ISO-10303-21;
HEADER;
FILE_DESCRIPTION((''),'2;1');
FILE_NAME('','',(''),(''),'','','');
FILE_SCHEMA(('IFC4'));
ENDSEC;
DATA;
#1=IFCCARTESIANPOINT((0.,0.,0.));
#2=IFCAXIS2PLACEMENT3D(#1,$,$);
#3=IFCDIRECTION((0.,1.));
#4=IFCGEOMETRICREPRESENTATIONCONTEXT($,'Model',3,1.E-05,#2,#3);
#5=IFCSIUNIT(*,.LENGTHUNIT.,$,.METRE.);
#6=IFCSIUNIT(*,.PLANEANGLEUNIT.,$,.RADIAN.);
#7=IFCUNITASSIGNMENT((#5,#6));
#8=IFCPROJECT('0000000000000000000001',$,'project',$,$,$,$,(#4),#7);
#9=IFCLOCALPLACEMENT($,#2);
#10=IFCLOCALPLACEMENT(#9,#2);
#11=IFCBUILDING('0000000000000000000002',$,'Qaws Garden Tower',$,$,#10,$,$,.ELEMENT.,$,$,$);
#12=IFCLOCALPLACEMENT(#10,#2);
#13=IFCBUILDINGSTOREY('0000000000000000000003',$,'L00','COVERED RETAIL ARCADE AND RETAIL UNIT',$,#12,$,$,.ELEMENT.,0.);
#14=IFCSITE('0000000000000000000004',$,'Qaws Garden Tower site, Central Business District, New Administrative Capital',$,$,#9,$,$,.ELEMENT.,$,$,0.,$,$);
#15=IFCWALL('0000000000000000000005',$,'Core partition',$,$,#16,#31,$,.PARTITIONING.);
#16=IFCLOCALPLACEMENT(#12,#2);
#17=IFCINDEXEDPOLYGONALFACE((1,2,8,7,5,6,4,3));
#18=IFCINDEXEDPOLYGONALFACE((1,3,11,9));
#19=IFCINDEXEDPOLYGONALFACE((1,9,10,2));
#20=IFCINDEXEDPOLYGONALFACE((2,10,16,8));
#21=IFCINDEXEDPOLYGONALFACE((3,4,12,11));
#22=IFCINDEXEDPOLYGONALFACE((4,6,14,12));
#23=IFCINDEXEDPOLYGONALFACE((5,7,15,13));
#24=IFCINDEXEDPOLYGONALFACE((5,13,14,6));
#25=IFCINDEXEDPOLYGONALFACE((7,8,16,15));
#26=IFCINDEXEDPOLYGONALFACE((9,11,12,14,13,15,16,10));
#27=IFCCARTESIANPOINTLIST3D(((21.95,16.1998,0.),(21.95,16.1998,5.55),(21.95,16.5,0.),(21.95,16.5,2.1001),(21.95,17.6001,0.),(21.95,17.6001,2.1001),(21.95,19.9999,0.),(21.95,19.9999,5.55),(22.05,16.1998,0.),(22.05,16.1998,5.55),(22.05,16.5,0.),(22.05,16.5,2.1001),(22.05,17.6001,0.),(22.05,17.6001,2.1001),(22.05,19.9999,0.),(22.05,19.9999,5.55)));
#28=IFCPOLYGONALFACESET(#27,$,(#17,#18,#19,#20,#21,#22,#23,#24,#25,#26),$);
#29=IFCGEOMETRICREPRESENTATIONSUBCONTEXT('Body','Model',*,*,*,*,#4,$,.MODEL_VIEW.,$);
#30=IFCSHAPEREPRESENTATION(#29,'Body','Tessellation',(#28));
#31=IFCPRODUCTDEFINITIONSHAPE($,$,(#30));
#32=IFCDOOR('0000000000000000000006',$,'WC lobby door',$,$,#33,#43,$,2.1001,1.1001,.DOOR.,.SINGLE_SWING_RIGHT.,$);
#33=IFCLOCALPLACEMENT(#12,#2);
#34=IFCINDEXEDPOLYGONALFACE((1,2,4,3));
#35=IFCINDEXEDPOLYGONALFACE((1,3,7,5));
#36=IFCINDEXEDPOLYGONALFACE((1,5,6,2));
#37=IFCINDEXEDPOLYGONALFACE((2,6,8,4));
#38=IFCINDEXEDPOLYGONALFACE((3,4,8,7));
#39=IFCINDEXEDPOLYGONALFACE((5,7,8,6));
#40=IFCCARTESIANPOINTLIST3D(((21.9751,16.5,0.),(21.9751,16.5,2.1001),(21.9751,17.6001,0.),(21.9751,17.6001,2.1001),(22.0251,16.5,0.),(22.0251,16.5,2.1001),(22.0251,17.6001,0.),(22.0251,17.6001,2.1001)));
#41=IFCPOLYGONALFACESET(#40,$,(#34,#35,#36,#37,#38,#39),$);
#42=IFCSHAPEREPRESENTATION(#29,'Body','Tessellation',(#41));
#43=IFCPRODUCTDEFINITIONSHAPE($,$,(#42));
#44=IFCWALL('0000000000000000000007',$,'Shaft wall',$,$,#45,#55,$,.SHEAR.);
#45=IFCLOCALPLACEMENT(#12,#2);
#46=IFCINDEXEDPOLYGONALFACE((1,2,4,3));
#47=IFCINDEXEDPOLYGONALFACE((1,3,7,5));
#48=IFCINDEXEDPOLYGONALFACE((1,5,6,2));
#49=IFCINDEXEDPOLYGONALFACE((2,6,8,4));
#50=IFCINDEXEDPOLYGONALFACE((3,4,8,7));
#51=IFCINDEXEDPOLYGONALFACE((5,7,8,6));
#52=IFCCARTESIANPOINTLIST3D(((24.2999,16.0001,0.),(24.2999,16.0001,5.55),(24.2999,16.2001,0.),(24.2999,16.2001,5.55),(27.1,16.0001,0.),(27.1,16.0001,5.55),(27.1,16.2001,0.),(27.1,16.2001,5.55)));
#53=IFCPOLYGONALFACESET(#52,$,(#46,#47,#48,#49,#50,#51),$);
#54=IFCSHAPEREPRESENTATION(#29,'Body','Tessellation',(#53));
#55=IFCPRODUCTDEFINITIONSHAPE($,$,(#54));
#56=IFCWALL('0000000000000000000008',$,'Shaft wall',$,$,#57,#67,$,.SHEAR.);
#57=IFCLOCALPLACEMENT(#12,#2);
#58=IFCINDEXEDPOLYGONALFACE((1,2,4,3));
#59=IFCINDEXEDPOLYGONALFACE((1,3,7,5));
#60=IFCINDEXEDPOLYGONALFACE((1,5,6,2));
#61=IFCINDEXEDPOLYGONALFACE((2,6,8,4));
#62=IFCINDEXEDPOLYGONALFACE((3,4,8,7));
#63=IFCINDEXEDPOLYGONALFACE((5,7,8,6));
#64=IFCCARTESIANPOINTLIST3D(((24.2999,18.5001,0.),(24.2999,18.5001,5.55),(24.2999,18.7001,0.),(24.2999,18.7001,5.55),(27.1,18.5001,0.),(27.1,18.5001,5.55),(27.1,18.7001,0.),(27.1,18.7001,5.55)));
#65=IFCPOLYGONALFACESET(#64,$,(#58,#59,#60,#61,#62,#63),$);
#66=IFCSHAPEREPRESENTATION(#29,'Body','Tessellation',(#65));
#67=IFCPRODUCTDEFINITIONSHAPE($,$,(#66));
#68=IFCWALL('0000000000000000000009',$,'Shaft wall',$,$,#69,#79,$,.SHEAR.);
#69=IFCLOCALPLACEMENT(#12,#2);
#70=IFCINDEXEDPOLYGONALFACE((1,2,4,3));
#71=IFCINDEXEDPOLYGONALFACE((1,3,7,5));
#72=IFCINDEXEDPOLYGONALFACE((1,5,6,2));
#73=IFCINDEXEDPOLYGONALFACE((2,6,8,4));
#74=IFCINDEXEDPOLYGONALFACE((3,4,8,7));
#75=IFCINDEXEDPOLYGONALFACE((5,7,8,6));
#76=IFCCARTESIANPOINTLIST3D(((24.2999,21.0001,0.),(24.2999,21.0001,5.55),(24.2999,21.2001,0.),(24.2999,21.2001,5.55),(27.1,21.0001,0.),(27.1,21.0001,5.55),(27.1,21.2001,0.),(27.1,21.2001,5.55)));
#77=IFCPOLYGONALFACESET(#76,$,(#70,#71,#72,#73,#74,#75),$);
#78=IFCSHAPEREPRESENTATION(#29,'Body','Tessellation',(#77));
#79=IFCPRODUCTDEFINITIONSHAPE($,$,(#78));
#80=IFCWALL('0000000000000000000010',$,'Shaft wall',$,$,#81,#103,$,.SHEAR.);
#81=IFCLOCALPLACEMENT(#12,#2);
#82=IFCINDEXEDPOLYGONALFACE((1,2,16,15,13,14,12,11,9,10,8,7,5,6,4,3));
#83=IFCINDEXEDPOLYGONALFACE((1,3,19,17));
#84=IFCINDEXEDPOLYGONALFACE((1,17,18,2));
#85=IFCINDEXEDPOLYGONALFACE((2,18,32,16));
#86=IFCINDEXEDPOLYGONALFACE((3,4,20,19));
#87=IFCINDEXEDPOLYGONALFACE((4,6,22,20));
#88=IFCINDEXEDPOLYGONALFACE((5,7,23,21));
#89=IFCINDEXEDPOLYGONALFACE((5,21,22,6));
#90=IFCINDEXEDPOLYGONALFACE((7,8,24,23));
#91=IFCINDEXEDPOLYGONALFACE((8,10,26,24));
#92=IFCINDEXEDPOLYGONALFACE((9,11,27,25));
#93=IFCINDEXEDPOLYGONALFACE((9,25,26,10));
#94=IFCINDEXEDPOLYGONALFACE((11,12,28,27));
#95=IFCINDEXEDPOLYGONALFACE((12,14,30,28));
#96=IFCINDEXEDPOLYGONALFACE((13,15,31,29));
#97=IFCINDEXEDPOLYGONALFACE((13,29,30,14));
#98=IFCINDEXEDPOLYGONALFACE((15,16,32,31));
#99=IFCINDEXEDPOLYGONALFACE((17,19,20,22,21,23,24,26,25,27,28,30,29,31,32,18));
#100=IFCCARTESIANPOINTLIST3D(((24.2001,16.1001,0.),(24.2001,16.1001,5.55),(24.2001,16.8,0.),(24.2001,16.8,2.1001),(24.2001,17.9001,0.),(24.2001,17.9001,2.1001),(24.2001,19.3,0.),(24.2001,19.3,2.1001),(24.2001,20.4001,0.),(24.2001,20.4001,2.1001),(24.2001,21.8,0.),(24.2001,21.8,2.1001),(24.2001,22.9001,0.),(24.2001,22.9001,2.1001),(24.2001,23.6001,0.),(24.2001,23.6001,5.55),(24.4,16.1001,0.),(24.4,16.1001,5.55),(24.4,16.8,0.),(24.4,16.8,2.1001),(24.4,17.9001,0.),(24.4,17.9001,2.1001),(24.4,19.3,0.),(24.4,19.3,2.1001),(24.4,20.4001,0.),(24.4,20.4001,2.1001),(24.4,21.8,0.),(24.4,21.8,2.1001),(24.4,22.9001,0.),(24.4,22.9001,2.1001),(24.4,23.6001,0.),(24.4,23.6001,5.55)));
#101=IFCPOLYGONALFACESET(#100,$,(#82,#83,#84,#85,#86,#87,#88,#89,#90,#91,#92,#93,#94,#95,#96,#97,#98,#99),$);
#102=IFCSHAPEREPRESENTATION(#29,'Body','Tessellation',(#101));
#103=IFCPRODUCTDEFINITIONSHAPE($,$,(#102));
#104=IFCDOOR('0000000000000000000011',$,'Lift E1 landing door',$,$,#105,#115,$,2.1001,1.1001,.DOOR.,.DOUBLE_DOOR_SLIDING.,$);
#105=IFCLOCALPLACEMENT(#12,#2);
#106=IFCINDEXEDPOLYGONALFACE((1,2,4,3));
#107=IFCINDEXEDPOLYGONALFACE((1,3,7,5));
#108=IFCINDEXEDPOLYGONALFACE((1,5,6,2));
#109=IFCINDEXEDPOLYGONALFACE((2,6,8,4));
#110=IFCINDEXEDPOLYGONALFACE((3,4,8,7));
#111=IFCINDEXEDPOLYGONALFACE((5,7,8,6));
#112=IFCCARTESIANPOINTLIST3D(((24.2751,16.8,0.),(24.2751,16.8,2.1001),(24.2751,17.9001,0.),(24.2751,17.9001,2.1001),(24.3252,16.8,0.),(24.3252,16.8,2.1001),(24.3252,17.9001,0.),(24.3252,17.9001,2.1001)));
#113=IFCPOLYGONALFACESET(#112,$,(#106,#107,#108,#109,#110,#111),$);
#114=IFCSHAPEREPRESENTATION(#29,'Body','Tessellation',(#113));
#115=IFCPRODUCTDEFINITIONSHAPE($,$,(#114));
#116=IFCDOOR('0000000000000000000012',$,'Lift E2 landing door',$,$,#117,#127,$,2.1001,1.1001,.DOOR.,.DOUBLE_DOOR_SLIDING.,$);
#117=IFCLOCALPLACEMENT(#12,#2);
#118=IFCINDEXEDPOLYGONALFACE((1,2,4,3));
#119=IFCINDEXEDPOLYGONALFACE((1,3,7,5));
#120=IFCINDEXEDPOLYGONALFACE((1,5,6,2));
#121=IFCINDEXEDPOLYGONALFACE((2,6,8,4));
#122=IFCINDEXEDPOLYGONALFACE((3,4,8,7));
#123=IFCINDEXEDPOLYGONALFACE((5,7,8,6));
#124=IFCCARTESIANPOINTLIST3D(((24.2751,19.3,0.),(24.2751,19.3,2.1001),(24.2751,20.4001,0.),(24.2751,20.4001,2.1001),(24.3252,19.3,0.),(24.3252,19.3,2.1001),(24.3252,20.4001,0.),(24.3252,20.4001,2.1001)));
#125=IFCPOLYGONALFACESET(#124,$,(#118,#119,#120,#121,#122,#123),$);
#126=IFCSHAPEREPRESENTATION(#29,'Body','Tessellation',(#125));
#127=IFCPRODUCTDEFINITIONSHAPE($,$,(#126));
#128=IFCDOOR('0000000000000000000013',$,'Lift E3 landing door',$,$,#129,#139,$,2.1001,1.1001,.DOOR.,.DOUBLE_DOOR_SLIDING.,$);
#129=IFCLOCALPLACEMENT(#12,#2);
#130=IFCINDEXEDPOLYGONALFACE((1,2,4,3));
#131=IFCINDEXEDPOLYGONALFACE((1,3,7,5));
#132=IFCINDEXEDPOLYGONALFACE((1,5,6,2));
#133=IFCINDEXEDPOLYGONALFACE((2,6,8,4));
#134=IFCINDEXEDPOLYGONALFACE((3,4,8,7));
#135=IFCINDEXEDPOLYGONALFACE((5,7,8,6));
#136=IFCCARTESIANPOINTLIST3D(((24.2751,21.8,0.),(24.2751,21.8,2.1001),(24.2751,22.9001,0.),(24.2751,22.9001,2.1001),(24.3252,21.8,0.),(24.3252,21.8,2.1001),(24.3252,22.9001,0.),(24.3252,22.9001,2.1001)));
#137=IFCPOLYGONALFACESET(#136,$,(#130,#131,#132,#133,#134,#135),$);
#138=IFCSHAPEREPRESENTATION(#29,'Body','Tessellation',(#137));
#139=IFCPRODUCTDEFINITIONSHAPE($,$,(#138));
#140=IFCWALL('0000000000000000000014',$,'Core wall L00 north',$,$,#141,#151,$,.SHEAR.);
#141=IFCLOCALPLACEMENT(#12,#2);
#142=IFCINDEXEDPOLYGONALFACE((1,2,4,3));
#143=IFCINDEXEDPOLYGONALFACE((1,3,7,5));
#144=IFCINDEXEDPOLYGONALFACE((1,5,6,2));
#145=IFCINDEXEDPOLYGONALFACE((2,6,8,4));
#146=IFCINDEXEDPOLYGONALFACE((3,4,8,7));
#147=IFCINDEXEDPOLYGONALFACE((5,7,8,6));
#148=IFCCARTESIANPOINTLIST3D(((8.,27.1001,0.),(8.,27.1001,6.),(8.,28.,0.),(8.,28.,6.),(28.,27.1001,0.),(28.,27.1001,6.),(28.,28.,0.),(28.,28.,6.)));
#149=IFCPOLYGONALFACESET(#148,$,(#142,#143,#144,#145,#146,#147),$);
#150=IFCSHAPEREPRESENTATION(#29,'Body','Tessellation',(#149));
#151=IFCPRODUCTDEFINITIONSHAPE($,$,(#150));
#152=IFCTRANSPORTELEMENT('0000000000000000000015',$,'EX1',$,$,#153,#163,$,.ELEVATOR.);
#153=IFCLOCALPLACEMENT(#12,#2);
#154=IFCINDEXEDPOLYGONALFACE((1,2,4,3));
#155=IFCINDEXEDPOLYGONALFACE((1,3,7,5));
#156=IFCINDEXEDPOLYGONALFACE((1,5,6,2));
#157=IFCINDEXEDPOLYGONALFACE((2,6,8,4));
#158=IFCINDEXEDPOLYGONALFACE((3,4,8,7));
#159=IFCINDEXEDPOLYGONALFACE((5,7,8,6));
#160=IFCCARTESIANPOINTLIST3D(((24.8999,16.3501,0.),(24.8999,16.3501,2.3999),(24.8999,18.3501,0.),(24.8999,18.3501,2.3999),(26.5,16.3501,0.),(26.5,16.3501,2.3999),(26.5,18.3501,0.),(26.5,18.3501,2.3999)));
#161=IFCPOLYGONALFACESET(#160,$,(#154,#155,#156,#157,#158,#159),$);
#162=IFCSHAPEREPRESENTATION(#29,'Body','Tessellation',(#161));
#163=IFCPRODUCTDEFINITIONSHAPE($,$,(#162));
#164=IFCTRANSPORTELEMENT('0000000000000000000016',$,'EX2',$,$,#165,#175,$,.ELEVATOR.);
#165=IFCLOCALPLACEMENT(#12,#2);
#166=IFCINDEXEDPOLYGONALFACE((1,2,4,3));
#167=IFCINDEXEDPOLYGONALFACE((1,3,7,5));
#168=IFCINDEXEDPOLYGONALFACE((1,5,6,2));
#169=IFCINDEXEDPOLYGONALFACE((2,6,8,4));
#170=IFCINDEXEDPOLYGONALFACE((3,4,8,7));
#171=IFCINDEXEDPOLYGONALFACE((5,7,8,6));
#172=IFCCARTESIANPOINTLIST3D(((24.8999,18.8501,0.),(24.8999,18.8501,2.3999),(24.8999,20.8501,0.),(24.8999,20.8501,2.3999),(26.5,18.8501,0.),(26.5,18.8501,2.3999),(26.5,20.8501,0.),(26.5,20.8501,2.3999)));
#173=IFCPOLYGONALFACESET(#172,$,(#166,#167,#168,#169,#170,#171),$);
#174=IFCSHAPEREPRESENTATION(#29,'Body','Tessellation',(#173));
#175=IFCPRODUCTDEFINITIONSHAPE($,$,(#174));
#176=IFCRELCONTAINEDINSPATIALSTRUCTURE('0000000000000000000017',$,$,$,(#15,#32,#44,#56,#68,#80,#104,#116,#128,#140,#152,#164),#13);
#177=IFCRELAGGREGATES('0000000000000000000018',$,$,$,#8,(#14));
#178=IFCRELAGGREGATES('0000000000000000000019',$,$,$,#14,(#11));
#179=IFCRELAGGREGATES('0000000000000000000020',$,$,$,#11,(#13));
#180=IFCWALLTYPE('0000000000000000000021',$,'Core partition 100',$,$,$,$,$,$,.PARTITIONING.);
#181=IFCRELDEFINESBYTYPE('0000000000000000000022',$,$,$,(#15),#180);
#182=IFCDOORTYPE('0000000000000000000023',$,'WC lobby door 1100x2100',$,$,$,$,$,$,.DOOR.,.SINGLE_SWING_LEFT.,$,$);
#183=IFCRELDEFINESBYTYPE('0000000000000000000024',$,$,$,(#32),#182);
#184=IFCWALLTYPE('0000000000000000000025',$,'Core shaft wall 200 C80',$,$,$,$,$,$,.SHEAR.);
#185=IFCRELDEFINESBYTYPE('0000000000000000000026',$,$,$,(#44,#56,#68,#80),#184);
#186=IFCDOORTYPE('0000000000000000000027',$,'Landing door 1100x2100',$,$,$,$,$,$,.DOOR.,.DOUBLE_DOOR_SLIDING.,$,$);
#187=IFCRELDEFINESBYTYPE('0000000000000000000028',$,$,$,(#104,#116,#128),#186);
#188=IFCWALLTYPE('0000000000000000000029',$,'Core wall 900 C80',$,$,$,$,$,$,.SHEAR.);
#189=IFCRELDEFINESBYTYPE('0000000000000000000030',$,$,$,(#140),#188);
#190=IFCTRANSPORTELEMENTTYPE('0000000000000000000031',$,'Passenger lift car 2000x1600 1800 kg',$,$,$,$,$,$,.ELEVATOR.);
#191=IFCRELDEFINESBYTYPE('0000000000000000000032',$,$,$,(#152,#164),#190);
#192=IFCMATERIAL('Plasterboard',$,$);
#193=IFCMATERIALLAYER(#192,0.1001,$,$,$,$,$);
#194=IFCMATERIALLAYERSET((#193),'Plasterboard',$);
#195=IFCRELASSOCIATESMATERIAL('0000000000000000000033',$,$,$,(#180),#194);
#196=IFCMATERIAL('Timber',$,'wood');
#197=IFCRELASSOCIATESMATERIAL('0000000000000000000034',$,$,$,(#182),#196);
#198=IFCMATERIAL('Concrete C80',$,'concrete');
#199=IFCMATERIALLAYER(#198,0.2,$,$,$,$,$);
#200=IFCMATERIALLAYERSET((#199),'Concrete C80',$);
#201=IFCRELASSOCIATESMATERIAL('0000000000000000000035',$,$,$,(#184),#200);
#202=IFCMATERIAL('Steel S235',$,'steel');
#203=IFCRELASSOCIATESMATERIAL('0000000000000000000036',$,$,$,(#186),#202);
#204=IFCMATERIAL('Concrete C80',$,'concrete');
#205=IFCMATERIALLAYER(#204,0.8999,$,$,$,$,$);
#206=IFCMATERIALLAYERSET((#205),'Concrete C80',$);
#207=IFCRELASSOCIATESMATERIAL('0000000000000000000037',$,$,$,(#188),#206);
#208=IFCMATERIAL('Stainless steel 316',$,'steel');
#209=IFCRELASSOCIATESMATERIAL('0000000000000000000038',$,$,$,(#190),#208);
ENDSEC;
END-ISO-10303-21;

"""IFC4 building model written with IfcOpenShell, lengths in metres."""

from ifc_helpers import new_model, si_unit, direction, frame, frame_2d, origin, origin_2d, place, context, subcontext, project, spatial, rectangle, extrude, material, layer, layer_set, type_object, element, fill, save


model = new_model("IFC4")

# Units and contexts
model_context = context("Model", 3, precision=1e-05, world=origin(), true_north=direction((0.0, 1.0)))
body_context = subcontext(model_context, "Body", "Model", "MODEL_VIEW")
ifc_project = project(units=[si_unit("LENGTHUNIT", "METRE"), si_unit("PLANEANGLEUNIT", "RADIAN")], contexts=[model_context])

# Site, building, storey
site_placement = place(None, origin())
site = spatial("IfcSite", under=ifc_project, at=site_placement, Name="Qaws Garden Tower site, Central Business District, New Administrative Capital", CompositionType="ELEMENT", RefElevation=0.0)
building_placement = place(site_placement, origin())
building = spatial("IfcBuilding", under=site, at=building_placement, Name="Qaws Garden Tower", CompositionType="ELEMENT")
storey_placement = place(building_placement, origin())
storey = spatial("IfcBuildingStorey", under=building, at=storey_placement, Name="L00", Description="COVERED RETAIL ARCADE AND RETAIL UNIT", CompositionType="ELEMENT", Elevation=0.0)

# Wall, opening, door
ifc_material_1 = material(Name="Plasterboard")
ifc_layer_1 = layer(ifc_material_1, 0.1001)
ifc_layer_set_1 = layer_set([ifc_layer_1], Name="Plasterboard")
wall_type_1 = type_object("IfcWallType", Name="Core partition 100", PredefinedType="PARTITIONING", material=ifc_layer_set_1)
wall_1_placement = place(storey_placement, frame((22.0, 16.2, 0.0), z_axis=(0.0, 0.0, 1.0), x_axis=(0.0, 1.0, 0.0)))
wall_1 = element("IfcWall", 1, at=wall_1_placement, inside=storey, type_object=wall_type_1, Name="Core partition", PredefinedType="PARTITIONING", context=body_context, shape_type="SweptSolid", body=[
    extrude(rectangle(XDim=3.8, YDim=0.1001, at=frame_2d((1.8999, 0.0))), origin(), (0.0, 0.0, 1.0), 5.55),
])
opening_1_placement = place(wall_1_placement, frame((0.3, 0.0, 0.0)))
opening_1 = element("IfcOpeningElement", 2, at=opening_1_placement, cuts=wall_1, PredefinedType="OPENING", context=body_context, shape_type="SweptSolid", body=[
    extrude(rectangle(XDim=1.1001, YDim=2.1001, at=frame_2d((0.55, 1.05))), frame((0.0, 0.0601, 0.0), z_axis=(0.0, -1.0, 0.0), x_axis=(1.0, 0.0, 0.0)), (0.0, 0.0, 1.0), 0.1201),
])
ifc_material_2 = material(Name="Timber", Category="wood")
door_type_1 = type_object("IfcDoorType", Name="WC lobby door 1100x2100", OperationType="SINGLE_SWING_LEFT", PredefinedType="DOOR", material=ifc_material_2)
door_1_placement = place(opening_1_placement, origin())
door_1 = element("IfcDoor", 3, at=door_1_placement, inside=storey, type_object=door_type_1, Name="WC lobby door", OperationType="SINGLE_SWING_RIGHT", OverallHeight=2.1001, OverallWidth=1.1001, PredefinedType="DOOR", context=body_context, shape_type="SweptSolid", body=[
    extrude(rectangle(XDim=1.1001, YDim=2.1001, at=frame_2d((0.55, 1.05))), frame((0.0, 0.0249, 0.0), z_axis=(0.0, -1.0, 0.0), x_axis=(1.0, 0.0, 0.0)), (0.0, 0.0, 1.0), 0.05),
])
fill(opening_1, door_1)

# Walls
ifc_material_3 = material(Name="Concrete C80", Category="concrete")
ifc_layer_2 = layer(ifc_material_3, 0.2)
ifc_layer_set_2 = layer_set([ifc_layer_2], Name="Concrete C80")
wall_type_2 = type_object("IfcWallType", Name="Core shaft wall 200 C80", PredefinedType="SHEAR", material=ifc_layer_set_2)
for number, where, z_axis, x_axis, name in (
    (4, (24.3, 16.1001, 0.0), (0.0, 0.0, 1.0), (1.0, 0.0, 0.0), "Shaft wall"),
    (5, (24.3, 18.6001, 0.0), (0.0, 0.0, 1.0), (1.0, 0.0, 0.0), "Shaft wall"),
    (6, (24.3, 21.1001, 0.0), (0.0, 0.0, 1.0), (1.0, 0.0, 0.0), "Shaft wall"),
):
    element("IfcWall", number, at=place(storey_placement, frame(where, z_axis=z_axis, x_axis=x_axis)), inside=storey, type_object=wall_type_2, Name=name, PredefinedType="SHEAR", context=body_context, shape_type="SweptSolid", body=[
        extrude(rectangle(XDim=2.8, YDim=0.2, at=frame_2d((1.3999, 0.0))), origin(), (0.0, 0.0, 1.0), 5.55),
    ])

# Wall, openings, doors
wall_2_placement = place(storey_placement, frame((24.3, 16.1001, 0.0), z_axis=(0.0, 0.0, 1.0), x_axis=(0.0, 1.0, 0.0)))
wall_2 = element("IfcWall", 7, at=wall_2_placement, inside=storey, type_object=wall_type_2, Name="Shaft wall", PredefinedType="SHEAR", context=body_context, shape_type="SweptSolid", body=[
    extrude(rectangle(XDim=7.5, YDim=0.2, at=frame_2d((3.75, 0.0))), origin(), (0.0, 0.0, 1.0), 5.55),
])
opening_2_placement = place(wall_2_placement, frame((0.7, 0.0, 0.0)))
opening_2 = element("IfcOpeningElement", 8, at=opening_2_placement, cuts=wall_2, PredefinedType="OPENING", context=body_context, shape_type="SweptSolid", body=[
    extrude(rectangle(XDim=1.1001, YDim=2.1001, at=frame_2d((0.55, 1.05))), frame((0.0, 0.1099, 0.0), z_axis=(0.0, -1.0, 0.0), x_axis=(1.0, 0.0, 0.0)), (0.0, 0.0, 1.0), 0.22),
])
opening_3_placement = place(wall_2_placement, frame((3.2, 0.0, 0.0)))
opening_3 = element("IfcOpeningElement", 9, at=opening_3_placement, cuts=wall_2, PredefinedType="OPENING", context=body_context, shape_type="SweptSolid", body=[
    extrude(rectangle(XDim=1.1001, YDim=2.1001, at=frame_2d((0.55, 1.05))), frame((0.0, 0.1099, 0.0), z_axis=(0.0, -1.0, 0.0), x_axis=(1.0, 0.0, 0.0)), (0.0, 0.0, 1.0), 0.22),
])
opening_4_placement = place(wall_2_placement, frame((5.7, 0.0, 0.0)))
opening_4 = element("IfcOpeningElement", 10, at=opening_4_placement, cuts=wall_2, PredefinedType="OPENING", context=body_context, shape_type="SweptSolid", body=[
    extrude(rectangle(XDim=1.1001, YDim=2.1001, at=frame_2d((0.55, 1.05))), frame((0.0, 0.1099, 0.0), z_axis=(0.0, -1.0, 0.0), x_axis=(1.0, 0.0, 0.0)), (0.0, 0.0, 1.0), 0.22),
])
ifc_material_4 = material(Name="Steel S235", Category="steel")
door_type_2 = type_object("IfcDoorType", Name="Landing door 1100x2100", OperationType="DOUBLE_DOOR_SLIDING", PredefinedType="DOOR", material=ifc_material_4)
door_2_placement = place(opening_2_placement, origin())
door_2 = element("IfcDoor", 11, at=door_2_placement, inside=storey, type_object=door_type_2, Name="Lift E1 landing door", OperationType="DOUBLE_DOOR_SLIDING", OverallHeight=2.1001, OverallWidth=1.1001, PredefinedType="DOOR", context=body_context, shape_type="SweptSolid", body=[
    extrude(rectangle(XDim=1.1001, YDim=2.1001, at=frame_2d((0.55, 1.05))), frame((0.0, 0.0249, 0.0), z_axis=(0.0, -1.0, 0.0), x_axis=(1.0, 0.0, 0.0)), (0.0, 0.0, 1.0), 0.05),
])
fill(opening_2, door_2)
door_3_placement = place(opening_3_placement, origin())
door_3 = element("IfcDoor", 12, at=door_3_placement, inside=storey, type_object=door_type_2, Name="Lift E2 landing door", OperationType="DOUBLE_DOOR_SLIDING", OverallHeight=2.1001, OverallWidth=1.1001, PredefinedType="DOOR", context=body_context, shape_type="SweptSolid", body=[
    extrude(rectangle(XDim=1.1001, YDim=2.1001, at=frame_2d((0.55, 1.05))), frame((0.0, 0.0249, 0.0), z_axis=(0.0, -1.0, 0.0), x_axis=(1.0, 0.0, 0.0)), (0.0, 0.0, 1.0), 0.05),
])
fill(opening_3, door_3)
door_4_placement = place(opening_4_placement, origin())
door_4 = element("IfcDoor", 13, at=door_4_placement, inside=storey, type_object=door_type_2, Name="Lift E3 landing door", OperationType="DOUBLE_DOOR_SLIDING", OverallHeight=2.1001, OverallWidth=1.1001, PredefinedType="DOOR", context=body_context, shape_type="SweptSolid", body=[
    extrude(rectangle(XDim=1.1001, YDim=2.1001, at=frame_2d((0.55, 1.05))), frame((0.0, 0.0249, 0.0), z_axis=(0.0, -1.0, 0.0), x_axis=(1.0, 0.0, 0.0)), (0.0, 0.0, 1.0), 0.05),
])
fill(opening_4, door_4)

# Wall
ifc_material_5 = material(Name="Concrete C80", Category="concrete")
ifc_layer_3 = layer(ifc_material_5, 0.8999)
ifc_layer_set_3 = layer_set([ifc_layer_3], Name="Concrete C80")
wall_type_3 = type_object("IfcWallType", Name="Core wall 900 C80", PredefinedType="SHEAR", material=ifc_layer_set_3)
wall_3_placement = place(storey_placement, frame((28.0, 27.55, 0.0), z_axis=(0.0, 0.0, 1.0), x_axis=(-1.0, 0.0, 0.0)))
element("IfcWall", 14, at=wall_3_placement, inside=storey, type_object=wall_type_3, Name="Core wall L00 north", PredefinedType="SHEAR", context=body_context, shape_type="SweptSolid", body=[
    extrude(rectangle(XDim=20.0, YDim=0.8999, at=frame_2d((10.0, 0.0))), origin(), (0.0, 0.0, 1.0), 6.0),
])

# Transport elements
ifc_material_6 = material(Name="Stainless steel 316", Category="steel")
transport_element_type = type_object("IfcTransportElementType", Name="Passenger lift car 2000x1600 1800 kg", PredefinedType="ELEVATOR", material=ifc_material_6)
for number, where, z_axis, x_axis, name in (
    (15, (25.7, 17.3501, 0.0), (0.0, 0.0, 1.0), (1.0, 0.0, 0.0), "EX1"),
    (16, (25.7, 19.8501, 0.0), (0.0, 0.0, 1.0), (1.0, 0.0, 0.0), "EX2"),
):
    element("IfcTransportElement", number, at=place(storey_placement, frame(where, z_axis=z_axis, x_axis=x_axis)), inside=storey, type_object=transport_element_type, Name=name, PredefinedType="ELEVATOR", context=body_context, shape_type="SweptSolid", body=[
        extrude(rectangle(XDim=1.6001, YDim=2.0, at=origin_2d()), origin(), (0.0, 0.0, 1.0), 2.3999),
    ])

save(model, "model.ifc")
